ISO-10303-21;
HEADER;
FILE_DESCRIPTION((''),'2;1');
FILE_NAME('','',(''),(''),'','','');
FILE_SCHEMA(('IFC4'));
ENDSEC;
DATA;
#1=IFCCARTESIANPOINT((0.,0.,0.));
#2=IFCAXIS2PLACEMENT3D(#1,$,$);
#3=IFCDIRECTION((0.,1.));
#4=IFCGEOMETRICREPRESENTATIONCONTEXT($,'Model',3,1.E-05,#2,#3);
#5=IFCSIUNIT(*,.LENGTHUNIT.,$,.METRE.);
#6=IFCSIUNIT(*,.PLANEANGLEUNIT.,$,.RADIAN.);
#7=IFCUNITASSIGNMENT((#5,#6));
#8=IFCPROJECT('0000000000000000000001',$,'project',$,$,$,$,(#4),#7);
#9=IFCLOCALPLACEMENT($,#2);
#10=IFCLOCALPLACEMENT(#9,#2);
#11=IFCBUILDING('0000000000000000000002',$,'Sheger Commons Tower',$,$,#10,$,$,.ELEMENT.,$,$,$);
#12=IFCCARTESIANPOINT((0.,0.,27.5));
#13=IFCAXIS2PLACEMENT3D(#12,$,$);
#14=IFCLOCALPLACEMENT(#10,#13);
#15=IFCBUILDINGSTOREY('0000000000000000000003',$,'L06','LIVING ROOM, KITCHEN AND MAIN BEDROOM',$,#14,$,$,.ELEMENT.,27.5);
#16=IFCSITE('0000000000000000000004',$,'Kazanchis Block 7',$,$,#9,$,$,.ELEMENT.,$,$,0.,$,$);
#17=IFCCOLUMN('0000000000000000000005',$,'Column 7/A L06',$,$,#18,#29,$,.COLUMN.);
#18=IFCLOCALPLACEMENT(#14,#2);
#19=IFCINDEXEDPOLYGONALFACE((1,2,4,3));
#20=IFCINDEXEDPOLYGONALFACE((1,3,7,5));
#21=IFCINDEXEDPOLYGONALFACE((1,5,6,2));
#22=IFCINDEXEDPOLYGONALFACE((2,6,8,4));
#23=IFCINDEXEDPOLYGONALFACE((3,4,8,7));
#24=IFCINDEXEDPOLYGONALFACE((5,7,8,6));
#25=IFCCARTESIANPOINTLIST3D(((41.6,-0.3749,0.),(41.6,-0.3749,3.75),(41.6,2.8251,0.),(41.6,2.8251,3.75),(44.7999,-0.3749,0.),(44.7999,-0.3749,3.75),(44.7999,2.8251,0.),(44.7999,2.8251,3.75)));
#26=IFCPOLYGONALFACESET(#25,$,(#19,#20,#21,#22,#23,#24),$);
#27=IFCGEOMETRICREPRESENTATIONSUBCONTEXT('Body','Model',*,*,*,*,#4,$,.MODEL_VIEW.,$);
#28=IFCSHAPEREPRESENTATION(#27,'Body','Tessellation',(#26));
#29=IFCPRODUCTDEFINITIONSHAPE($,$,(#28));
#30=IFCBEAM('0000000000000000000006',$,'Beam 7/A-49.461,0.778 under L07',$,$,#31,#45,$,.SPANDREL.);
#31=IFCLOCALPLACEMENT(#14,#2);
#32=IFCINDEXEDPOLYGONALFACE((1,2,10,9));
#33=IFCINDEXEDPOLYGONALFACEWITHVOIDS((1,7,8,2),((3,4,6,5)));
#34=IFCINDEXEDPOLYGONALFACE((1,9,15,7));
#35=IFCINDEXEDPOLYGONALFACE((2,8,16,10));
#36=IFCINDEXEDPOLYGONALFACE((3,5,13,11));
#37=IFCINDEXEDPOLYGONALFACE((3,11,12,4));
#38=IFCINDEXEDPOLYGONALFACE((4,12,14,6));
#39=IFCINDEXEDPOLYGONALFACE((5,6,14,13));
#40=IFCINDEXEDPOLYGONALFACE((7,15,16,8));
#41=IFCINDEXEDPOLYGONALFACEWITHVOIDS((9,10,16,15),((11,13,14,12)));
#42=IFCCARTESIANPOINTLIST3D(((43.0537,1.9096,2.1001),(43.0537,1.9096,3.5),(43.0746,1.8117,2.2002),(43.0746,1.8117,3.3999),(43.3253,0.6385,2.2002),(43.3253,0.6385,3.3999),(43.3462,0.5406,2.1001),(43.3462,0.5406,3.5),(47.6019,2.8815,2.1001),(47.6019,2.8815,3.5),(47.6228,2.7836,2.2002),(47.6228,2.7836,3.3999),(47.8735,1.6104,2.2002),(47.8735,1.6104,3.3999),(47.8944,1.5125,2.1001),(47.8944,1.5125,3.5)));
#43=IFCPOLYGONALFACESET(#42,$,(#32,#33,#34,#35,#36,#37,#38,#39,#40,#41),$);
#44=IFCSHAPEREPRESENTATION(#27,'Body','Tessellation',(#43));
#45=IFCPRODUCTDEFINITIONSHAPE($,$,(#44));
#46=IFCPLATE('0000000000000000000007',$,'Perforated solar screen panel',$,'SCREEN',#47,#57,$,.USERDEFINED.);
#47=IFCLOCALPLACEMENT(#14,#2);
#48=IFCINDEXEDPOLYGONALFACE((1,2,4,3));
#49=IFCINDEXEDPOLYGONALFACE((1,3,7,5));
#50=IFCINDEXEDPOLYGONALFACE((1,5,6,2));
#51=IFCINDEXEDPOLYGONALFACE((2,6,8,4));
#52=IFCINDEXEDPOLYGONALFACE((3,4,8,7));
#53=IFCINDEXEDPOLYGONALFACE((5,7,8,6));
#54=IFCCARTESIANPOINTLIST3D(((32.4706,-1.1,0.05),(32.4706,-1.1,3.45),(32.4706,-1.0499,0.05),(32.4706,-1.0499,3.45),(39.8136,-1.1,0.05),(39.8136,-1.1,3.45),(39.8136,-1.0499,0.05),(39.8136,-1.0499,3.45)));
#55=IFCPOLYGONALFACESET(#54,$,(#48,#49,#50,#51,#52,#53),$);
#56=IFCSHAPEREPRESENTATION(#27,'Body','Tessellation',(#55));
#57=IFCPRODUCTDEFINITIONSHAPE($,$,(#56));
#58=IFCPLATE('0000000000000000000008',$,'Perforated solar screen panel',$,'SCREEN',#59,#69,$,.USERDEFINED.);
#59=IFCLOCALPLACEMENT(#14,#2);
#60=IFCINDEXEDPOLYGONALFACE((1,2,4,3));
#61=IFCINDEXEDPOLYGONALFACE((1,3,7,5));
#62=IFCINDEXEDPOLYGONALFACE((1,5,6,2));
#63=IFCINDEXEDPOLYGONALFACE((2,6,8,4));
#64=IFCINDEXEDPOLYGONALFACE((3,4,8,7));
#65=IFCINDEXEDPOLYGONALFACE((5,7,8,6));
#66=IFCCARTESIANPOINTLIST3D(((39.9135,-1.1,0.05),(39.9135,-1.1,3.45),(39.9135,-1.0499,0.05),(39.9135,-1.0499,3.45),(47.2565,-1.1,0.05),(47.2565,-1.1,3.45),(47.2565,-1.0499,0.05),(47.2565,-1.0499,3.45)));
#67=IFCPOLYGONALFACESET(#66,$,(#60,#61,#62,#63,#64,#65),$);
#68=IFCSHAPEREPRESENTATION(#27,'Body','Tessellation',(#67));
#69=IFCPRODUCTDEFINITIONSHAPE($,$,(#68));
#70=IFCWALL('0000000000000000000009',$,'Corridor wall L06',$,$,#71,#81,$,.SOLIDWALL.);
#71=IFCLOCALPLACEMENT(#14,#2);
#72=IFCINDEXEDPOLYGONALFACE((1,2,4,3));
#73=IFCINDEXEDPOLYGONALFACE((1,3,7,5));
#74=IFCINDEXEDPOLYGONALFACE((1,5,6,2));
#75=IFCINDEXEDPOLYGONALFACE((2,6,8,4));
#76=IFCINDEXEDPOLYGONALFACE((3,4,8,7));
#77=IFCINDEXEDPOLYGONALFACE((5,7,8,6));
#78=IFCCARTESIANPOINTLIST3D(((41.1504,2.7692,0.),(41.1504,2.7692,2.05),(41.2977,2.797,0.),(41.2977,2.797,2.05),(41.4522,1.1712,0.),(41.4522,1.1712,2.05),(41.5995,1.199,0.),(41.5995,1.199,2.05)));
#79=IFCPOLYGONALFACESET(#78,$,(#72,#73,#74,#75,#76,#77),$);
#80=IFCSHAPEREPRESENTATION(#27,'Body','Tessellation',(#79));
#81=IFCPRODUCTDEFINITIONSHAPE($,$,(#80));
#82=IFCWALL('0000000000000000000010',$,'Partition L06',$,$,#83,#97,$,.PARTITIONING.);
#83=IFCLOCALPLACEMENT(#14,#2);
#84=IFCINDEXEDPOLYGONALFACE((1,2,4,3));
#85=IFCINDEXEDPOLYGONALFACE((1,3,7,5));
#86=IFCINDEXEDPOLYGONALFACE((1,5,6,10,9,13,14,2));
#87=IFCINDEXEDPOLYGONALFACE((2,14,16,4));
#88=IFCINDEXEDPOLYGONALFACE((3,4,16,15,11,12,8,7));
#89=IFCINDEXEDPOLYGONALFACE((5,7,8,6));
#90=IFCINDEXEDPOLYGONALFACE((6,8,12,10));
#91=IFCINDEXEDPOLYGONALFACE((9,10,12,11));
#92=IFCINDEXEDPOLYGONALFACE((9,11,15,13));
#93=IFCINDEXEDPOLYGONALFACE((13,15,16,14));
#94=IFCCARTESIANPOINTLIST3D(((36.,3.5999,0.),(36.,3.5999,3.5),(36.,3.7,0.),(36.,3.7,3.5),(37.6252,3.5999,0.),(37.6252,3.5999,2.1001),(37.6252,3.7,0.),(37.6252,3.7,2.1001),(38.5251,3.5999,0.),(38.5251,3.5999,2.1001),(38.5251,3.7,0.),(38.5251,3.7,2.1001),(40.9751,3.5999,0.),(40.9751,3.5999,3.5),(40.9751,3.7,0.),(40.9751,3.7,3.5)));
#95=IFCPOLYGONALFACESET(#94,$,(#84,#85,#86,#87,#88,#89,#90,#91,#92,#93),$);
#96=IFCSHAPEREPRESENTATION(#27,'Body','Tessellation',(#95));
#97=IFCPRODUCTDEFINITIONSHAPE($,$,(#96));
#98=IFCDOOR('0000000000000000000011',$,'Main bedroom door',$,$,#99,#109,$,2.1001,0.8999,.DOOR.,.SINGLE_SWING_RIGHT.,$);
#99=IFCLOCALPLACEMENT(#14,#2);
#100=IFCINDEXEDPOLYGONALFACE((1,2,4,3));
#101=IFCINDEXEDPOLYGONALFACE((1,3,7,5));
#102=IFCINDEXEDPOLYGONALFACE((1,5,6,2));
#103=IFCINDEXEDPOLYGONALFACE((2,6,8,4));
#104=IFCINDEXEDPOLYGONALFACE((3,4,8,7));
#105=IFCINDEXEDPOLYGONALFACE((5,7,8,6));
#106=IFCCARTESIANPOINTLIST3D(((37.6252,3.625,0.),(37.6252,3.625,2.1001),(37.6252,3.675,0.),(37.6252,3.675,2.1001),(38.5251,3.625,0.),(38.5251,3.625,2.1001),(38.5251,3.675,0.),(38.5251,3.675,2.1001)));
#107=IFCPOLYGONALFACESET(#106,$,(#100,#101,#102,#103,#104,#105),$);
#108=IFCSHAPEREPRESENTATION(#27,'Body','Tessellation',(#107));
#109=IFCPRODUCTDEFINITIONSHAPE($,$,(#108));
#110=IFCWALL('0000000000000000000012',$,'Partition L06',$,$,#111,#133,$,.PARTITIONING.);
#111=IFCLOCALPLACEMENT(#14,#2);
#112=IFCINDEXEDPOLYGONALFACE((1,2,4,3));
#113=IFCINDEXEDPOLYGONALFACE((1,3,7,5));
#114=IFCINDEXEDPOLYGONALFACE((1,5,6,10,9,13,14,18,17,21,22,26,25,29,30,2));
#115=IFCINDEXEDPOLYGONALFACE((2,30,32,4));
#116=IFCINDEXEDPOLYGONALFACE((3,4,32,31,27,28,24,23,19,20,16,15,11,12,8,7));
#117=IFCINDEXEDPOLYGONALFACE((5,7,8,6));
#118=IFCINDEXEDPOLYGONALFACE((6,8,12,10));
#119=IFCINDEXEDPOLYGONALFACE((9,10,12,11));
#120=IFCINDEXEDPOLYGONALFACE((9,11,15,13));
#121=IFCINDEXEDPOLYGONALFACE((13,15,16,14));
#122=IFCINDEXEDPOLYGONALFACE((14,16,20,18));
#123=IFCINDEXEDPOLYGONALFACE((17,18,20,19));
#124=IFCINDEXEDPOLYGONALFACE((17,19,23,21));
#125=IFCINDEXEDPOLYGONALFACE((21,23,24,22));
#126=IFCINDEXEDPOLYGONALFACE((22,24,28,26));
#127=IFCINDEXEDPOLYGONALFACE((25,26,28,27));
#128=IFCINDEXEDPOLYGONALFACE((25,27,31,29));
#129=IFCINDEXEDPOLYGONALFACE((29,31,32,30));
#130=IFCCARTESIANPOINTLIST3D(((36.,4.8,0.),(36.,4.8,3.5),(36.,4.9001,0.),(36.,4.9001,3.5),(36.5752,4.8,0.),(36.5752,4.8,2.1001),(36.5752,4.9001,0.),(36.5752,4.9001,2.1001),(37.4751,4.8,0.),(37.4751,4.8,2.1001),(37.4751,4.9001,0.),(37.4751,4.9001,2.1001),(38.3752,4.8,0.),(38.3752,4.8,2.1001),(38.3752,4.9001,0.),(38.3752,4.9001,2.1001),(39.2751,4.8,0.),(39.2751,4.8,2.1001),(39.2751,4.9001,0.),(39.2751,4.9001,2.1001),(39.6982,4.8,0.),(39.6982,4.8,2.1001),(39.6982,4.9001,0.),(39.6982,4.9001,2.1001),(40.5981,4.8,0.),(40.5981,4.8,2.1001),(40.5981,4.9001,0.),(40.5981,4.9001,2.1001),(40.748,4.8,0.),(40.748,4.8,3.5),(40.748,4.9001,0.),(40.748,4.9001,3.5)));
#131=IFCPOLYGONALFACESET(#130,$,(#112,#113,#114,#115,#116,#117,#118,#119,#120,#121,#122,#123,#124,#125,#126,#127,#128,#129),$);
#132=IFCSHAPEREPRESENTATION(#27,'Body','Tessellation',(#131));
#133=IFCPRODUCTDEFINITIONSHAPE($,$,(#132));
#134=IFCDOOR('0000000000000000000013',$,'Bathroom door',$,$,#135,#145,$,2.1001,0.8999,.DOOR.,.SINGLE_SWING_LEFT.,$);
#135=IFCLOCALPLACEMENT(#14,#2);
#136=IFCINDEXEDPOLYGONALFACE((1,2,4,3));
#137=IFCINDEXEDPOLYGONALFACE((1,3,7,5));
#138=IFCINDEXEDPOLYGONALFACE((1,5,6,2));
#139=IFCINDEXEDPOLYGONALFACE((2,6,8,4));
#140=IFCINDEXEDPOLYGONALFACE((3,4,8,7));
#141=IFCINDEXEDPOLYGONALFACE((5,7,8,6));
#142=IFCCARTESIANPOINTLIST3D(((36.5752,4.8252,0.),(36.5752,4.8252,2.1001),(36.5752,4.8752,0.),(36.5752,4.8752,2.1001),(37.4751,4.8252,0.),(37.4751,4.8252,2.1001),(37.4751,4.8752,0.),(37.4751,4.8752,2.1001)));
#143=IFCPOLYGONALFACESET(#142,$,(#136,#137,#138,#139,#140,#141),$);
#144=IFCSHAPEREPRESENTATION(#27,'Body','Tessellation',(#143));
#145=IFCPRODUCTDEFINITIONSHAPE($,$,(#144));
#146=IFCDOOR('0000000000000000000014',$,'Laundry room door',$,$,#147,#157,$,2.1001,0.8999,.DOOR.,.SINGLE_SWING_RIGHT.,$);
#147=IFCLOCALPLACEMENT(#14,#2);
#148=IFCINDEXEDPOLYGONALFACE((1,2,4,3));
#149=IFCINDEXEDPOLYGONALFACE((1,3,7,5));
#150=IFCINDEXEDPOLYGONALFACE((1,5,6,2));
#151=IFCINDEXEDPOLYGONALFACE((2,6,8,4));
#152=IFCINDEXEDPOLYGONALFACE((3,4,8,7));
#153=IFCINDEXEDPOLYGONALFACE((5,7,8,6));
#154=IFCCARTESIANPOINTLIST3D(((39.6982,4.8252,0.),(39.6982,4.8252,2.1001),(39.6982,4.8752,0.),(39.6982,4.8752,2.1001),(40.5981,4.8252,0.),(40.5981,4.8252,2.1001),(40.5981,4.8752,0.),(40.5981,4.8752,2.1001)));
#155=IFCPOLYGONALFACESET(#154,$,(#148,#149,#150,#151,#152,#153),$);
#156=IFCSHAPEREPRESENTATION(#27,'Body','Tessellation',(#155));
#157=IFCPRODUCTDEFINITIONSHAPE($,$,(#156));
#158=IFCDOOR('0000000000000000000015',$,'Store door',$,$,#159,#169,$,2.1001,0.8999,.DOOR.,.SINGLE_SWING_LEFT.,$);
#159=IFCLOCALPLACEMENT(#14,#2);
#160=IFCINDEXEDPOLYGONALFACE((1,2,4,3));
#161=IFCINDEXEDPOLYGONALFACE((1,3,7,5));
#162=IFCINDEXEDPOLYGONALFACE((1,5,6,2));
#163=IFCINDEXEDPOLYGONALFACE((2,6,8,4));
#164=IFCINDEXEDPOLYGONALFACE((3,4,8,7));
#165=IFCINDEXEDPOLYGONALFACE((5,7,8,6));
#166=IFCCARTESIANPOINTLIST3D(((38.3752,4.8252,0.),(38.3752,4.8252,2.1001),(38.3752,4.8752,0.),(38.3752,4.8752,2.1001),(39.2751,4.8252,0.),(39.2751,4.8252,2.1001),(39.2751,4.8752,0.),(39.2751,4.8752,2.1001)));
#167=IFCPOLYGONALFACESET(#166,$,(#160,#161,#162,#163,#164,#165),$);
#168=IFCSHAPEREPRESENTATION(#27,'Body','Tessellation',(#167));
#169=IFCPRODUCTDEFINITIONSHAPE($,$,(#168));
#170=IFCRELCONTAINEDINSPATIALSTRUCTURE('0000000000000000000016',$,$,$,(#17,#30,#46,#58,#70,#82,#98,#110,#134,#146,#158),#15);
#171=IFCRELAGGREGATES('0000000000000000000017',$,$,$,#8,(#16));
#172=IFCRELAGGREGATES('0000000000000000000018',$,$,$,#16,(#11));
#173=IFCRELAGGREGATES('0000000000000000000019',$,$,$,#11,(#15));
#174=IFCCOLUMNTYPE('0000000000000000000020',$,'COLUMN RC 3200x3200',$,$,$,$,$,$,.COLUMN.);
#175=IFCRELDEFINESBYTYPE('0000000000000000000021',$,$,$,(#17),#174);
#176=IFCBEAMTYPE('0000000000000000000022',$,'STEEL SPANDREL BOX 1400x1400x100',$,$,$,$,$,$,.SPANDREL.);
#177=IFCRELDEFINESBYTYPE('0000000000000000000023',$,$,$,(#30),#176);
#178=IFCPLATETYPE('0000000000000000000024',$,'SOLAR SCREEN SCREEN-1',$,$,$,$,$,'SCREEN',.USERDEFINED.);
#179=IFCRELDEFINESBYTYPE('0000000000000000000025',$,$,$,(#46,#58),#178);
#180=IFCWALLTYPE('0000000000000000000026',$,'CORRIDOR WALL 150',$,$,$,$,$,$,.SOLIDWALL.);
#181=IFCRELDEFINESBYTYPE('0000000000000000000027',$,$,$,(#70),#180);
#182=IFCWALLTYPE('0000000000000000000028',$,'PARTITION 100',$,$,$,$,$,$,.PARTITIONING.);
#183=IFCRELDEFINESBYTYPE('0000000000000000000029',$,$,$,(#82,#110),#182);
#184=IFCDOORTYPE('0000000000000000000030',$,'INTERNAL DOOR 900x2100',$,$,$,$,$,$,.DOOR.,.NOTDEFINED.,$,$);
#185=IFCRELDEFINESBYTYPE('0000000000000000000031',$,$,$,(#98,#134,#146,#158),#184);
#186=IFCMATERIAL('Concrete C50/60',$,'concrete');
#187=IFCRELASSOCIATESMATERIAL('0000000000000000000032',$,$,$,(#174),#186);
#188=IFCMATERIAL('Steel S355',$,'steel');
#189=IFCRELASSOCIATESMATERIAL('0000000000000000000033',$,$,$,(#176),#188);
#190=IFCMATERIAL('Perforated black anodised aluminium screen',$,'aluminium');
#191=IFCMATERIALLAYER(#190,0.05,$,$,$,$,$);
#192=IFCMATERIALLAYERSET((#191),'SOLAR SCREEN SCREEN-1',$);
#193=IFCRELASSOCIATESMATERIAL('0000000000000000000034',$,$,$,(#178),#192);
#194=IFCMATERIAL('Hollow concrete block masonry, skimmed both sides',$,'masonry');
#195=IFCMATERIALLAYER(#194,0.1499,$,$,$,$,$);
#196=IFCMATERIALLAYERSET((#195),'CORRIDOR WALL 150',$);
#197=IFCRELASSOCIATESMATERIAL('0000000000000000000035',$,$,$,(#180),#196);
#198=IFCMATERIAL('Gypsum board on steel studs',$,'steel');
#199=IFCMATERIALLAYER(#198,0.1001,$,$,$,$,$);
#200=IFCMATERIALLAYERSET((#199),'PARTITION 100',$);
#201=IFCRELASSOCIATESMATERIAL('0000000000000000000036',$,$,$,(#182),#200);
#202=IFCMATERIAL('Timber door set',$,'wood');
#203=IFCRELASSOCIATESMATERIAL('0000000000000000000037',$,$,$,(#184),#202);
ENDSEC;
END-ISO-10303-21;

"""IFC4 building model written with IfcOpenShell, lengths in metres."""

from ifc_helpers import new_model, si_unit, direction, frame, frame_2d, origin, origin_2d, place, context, subcontext, project, spatial, rectangle, hollow_rectangle, extrude, material, layer, layer_set, material_profile, profile_set, type_object, element, fill, save


model = new_model("IFC4")

# Units and contexts
model_context = context("Model", 3, precision=1e-05, world=origin(), true_north=direction((0.0, 1.0)))
body_context = subcontext(model_context, "Body", "Model", "MODEL_VIEW")
ifc_project = project(units=[si_unit("LENGTHUNIT", "METRE"), si_unit("PLANEANGLEUNIT", "RADIAN")], contexts=[model_context])

# Site, building, storey
site_placement = place(None, origin())
site = spatial("IfcSite", under=ifc_project, at=site_placement, Name="Kazanchis Block 7", CompositionType="ELEMENT", RefElevation=0.0)
building_placement = place(site_placement, origin())
building = spatial("IfcBuilding", under=site, at=building_placement, Name="Sheger Commons Tower", CompositionType="ELEMENT")
storey_placement = place(building_placement, frame((0.0, 0.0, 27.5)))
storey = spatial("IfcBuildingStorey", under=building, at=storey_placement, Name="L06", Description="LIVING ROOM, KITCHEN AND MAIN BEDROOM", CompositionType="ELEMENT", Elevation=27.5)

# Column
ifc_material_1 = material(Name="Concrete C50/60", Category="concrete")
ifc_material_profile_1 = material_profile(ifc_material_1, rectangle(XDim=3.2, YDim=3.2, at=origin_2d()), Name="RC 3200x3200")
ifc_profile_set_1 = profile_set([ifc_material_profile_1], Name="Concrete C50/60")
column_type = type_object("IfcColumnType", Name="COLUMN RC 3200x3200", PredefinedType="COLUMN", material=ifc_profile_set_1)
column_placement = place(storey_placement, frame((43.2, 1.2251, 0.0), z_axis=(0.0, 0.0, 1.0), x_axis=(1.0, 0.0, 0.0)))
element("IfcColumn", 1, at=column_placement, inside=storey, type_object=column_type, Name="Column 7/A L06", PredefinedType="COLUMN", context=body_context, shape_type="SweptSolid", body=[
    extrude(rectangle(XDim=3.2, YDim=3.2, at=origin_2d()), origin(), (0.0, 0.0, 1.0), 3.75),
])

# Beam
ifc_material_2 = material(Name="Steel S355", Category="steel")
ifc_material_profile_2 = material_profile(ifc_material_2, hollow_rectangle(XDim=1.3999, YDim=1.3999, WallThickness=0.1001, at=origin_2d()), Name="BOX 1400x1400x100")
ifc_profile_set_2 = profile_set([ifc_material_profile_2], Name="Steel S355")
beam_type = type_object("IfcBeamType", Name="STEEL SPANDREL BOX 1400x1400x100", PredefinedType="SPANDREL", material=ifc_profile_set_2)
beam_placement = place(storey_placement, frame((43.2, 1.2251, 2.8), z_axis=(0.97792, 0.208981, 0.0), x_axis=(-0.208981, 0.97792, 0.0)))
element("IfcBeam", 2, at=beam_placement, inside=storey, type_object=beam_type, Name="Beam 7/A-49.461,0.778 under L07", PredefinedType="SPANDREL", context=body_context, shape_type="SweptSolid", body=[
    extrude(hollow_rectangle(XDim=1.3999, YDim=1.3999, WallThickness=0.1001, at=origin_2d()), origin(), (0.0, 0.0, 1.0), 4.6509),
])

# Plates
ifc_material_3 = material(Name="Perforated black anodised aluminium screen", Category="aluminium")
ifc_layer_1 = layer(ifc_material_3, 0.05)
ifc_layer_set_1 = layer_set([ifc_layer_1], Name="SOLAR SCREEN SCREEN-1")
plate_type = type_object("IfcPlateType", Name="SOLAR SCREEN SCREEN-1", ElementType="SCREEN", PredefinedType="USERDEFINED", material=ifc_layer_set_1)
for number, where, z_axis, x_axis, name in (
    (3, (36.1421, -1.075, 0.05), (0.0, 0.0, 1.0), (1.0, 0.0, 0.0), "Perforated solar screen panel"),
    (4, (43.585, -1.075, 0.05), (0.0, 0.0, 1.0), (1.0, 0.0, 0.0), "Perforated solar screen panel"),
):
    element("IfcPlate", number, at=place(storey_placement, frame(where, z_axis=z_axis, x_axis=x_axis)), inside=storey, type_object=plate_type, Name=name, ObjectType="SCREEN", PredefinedType="USERDEFINED", context=body_context, shape_type="SweptSolid", body=[
        extrude(rectangle(XDim=7.343, YDim=0.05, at=origin_2d()), origin(), (0.0, 0.0, 1.0), 3.3999),
    ])

# Wall
ifc_material_4 = material(Name="Hollow concrete block masonry, skimmed both sides", Category="masonry")
ifc_layer_2 = layer(ifc_material_4, 0.1499)
ifc_layer_set_2 = layer_set([ifc_layer_2], Name="CORRIDOR WALL 150")
wall_type_1 = type_object("IfcWallType", Name="CORRIDOR WALL 150", PredefinedType="SOLIDWALL", material=ifc_layer_set_2)
wall_1_placement = place(storey_placement, frame((41.2241, 2.783, 0.0), z_axis=(0.0, 0.0, 1.0), x_axis=(0.185567, -0.982632, 0.0)))
element("IfcWall", 5, at=wall_1_placement, inside=storey, type_object=wall_type_1, Name="Corridor wall L06", PredefinedType="SOLIDWALL", context=body_context, shape_type="SweptSolid", body=[
    extrude(rectangle(XDim=1.6262, YDim=0.1499, at=frame_2d((0.813, 0.0))), origin(), (0.0, 0.0, 1.0), 2.05),
])

# Wall, opening, door
ifc_material_5 = material(Name="Gypsum board on steel studs", Category="steel")
ifc_layer_3 = layer(ifc_material_5, 0.1001)
ifc_layer_set_3 = layer_set([ifc_layer_3], Name="PARTITION 100")
wall_type_2 = type_object("IfcWallType", Name="PARTITION 100", PredefinedType="PARTITIONING", material=ifc_layer_set_3)
wall_2_placement = place(storey_placement, frame((40.9751, 3.6499, 0.0), z_axis=(0.0, 0.0, 1.0), x_axis=(-1.0, 0.0, 0.0)))
wall_2 = element("IfcWall", 6, at=wall_2_placement, inside=storey, type_object=wall_type_2, Name="Partition L06", PredefinedType="PARTITIONING", context=body_context, shape_type="SweptSolid", body=[
    extrude(rectangle(XDim=4.9751, YDim=0.1001, at=frame_2d((2.4875, 0.0))), origin(), (0.0, 0.0, 1.0), 3.5),
])
opening_1_placement = place(wall_2_placement, frame((2.45, 0.0, 0.0)))
opening_1 = element("IfcOpeningElement", 7, at=opening_1_placement, cuts=wall_2, PredefinedType="OPENING", context=body_context, shape_type="SweptSolid", body=[
    extrude(rectangle(XDim=0.8999, YDim=2.1001, at=frame_2d((0.45, 1.05))), frame((0.0, 0.0601, 0.0), z_axis=(0.0, -1.0, 0.0), x_axis=(1.0, 0.0, 0.0)), (0.0, 0.0, 1.0), 0.1201),
])
ifc_material_6 = material(Name="Timber door set", Category="wood")
door_type = type_object("IfcDoorType", Name="INTERNAL DOOR 900x2100", OperationType="NOTDEFINED", PredefinedType="DOOR", material=ifc_material_6)
door_1_placement = place(opening_1_placement, origin())
door_1 = element("IfcDoor", 8, at=door_1_placement, inside=storey, type_object=door_type, Name="Main bedroom door", OperationType="SINGLE_SWING_RIGHT", OverallHeight=2.1001, OverallWidth=0.8999, PredefinedType="DOOR", context=body_context, shape_type="SweptSolid", body=[
    extrude(rectangle(XDim=0.8999, YDim=2.1001, at=frame_2d((0.45, 1.05))), frame((0.0, 0.0249, 0.0), z_axis=(0.0, -1.0, 0.0), x_axis=(1.0, 0.0, 0.0)), (0.0, 0.0, 1.0), 0.05),
])
fill(opening_1, door_1)

# Wall, openings, doors
wall_3_placement = place(storey_placement, frame((40.748, 4.8501, 0.0), z_axis=(0.0, 0.0, 1.0), x_axis=(-1.0, 0.0, 0.0)))
wall_3 = element("IfcWall", 9, at=wall_3_placement, inside=storey, type_object=wall_type_2, Name="Partition L06", PredefinedType="PARTITIONING", context=body_context, shape_type="SweptSolid", body=[
    extrude(rectangle(XDim=4.748, YDim=0.1001, at=frame_2d((2.374, 0.0))), origin(), (0.0, 0.0, 1.0), 3.5),
])
opening_2_placement = place(wall_3_placement, frame((3.2729, 0.0, 0.0)))
opening_2 = element("IfcOpeningElement", 10, at=opening_2_placement, cuts=wall_3, PredefinedType="OPENING", context=body_context, shape_type="SweptSolid", body=[
    extrude(rectangle(XDim=0.8999, YDim=2.1001, at=frame_2d((0.45, 1.05))), frame((0.0, 0.0601, 0.0), z_axis=(0.0, -1.0, 0.0), x_axis=(1.0, 0.0, 0.0)), (0.0, 0.0, 1.0), 0.1201),
])
opening_3_placement = place(wall_3_placement, frame((0.1499, 0.0, 0.0)))
opening_3 = element("IfcOpeningElement", 11, at=opening_3_placement, cuts=wall_3, PredefinedType="OPENING", context=body_context, shape_type="SweptSolid", body=[
    extrude(rectangle(XDim=0.8999, YDim=2.1001, at=frame_2d((0.45, 1.05))), frame((0.0, 0.0601, 0.0), z_axis=(0.0, -1.0, 0.0), x_axis=(1.0, 0.0, 0.0)), (0.0, 0.0, 1.0), 0.1201),
])
opening_4_placement = place(wall_3_placement, frame((1.4729, 0.0, 0.0)))
opening_4 = element("IfcOpeningElement", 12, at=opening_4_placement, cuts=wall_3, PredefinedType="OPENING", context=body_context, shape_type="SweptSolid", body=[
    extrude(rectangle(XDim=0.8999, YDim=2.1001, at=frame_2d((0.45, 1.05))), frame((0.0, 0.0601, 0.0), z_axis=(0.0, -1.0, 0.0), x_axis=(1.0, 0.0, 0.0)), (0.0, 0.0, 1.0), 0.1201),
])
door_2_placement = place(opening_2_placement, origin())
door_2 = element("IfcDoor", 13, at=door_2_placement, inside=storey, type_object=door_type, Name="Bathroom door", OperationType="SINGLE_SWING_LEFT", OverallHeight=2.1001, OverallWidth=0.8999, PredefinedType="DOOR", context=body_context, shape_type="SweptSolid", body=[
    extrude(rectangle(XDim=0.8999, YDim=2.1001, at=frame_2d((0.45, 1.05))), frame((0.0, 0.0249, 0.0), z_axis=(0.0, -1.0, 0.0), x_axis=(1.0, 0.0, 0.0)), (0.0, 0.0, 1.0), 0.05),
])
fill(opening_2, door_2)
door_3_placement = place(opening_3_placement, origin())
door_3 = element("IfcDoor", 14, at=door_3_placement, inside=storey, type_object=door_type, Name="Laundry room door", OperationType="SINGLE_SWING_RIGHT", OverallHeight=2.1001, OverallWidth=0.8999, PredefinedType="DOOR", context=body_context, shape_type="SweptSolid", body=[
    extrude(rectangle(XDim=0.8999, YDim=2.1001, at=frame_2d((0.45, 1.05))), frame((0.0, 0.0249, 0.0), z_axis=(0.0, -1.0, 0.0), x_axis=(1.0, 0.0, 0.0)), (0.0, 0.0, 1.0), 0.05),
])
fill(opening_3, door_3)
door_4_placement = place(opening_4_placement, origin())
door_4 = element("IfcDoor", 15, at=door_4_placement, inside=storey, type_object=door_type, Name="Store door", OperationType="SINGLE_SWING_LEFT", OverallHeight=2.1001, OverallWidth=0.8999, PredefinedType="DOOR", context=body_context, shape_type="SweptSolid", body=[
    extrude(rectangle(XDim=0.8999, YDim=2.1001, at=frame_2d((0.45, 1.05))), frame((0.0, 0.0249, 0.0), z_axis=(0.0, -1.0, 0.0), x_axis=(1.0, 0.0, 0.0)), (0.0, 0.0, 1.0), 0.05),
])
fill(opening_4, door_4)

save(model, "model.ifc")
